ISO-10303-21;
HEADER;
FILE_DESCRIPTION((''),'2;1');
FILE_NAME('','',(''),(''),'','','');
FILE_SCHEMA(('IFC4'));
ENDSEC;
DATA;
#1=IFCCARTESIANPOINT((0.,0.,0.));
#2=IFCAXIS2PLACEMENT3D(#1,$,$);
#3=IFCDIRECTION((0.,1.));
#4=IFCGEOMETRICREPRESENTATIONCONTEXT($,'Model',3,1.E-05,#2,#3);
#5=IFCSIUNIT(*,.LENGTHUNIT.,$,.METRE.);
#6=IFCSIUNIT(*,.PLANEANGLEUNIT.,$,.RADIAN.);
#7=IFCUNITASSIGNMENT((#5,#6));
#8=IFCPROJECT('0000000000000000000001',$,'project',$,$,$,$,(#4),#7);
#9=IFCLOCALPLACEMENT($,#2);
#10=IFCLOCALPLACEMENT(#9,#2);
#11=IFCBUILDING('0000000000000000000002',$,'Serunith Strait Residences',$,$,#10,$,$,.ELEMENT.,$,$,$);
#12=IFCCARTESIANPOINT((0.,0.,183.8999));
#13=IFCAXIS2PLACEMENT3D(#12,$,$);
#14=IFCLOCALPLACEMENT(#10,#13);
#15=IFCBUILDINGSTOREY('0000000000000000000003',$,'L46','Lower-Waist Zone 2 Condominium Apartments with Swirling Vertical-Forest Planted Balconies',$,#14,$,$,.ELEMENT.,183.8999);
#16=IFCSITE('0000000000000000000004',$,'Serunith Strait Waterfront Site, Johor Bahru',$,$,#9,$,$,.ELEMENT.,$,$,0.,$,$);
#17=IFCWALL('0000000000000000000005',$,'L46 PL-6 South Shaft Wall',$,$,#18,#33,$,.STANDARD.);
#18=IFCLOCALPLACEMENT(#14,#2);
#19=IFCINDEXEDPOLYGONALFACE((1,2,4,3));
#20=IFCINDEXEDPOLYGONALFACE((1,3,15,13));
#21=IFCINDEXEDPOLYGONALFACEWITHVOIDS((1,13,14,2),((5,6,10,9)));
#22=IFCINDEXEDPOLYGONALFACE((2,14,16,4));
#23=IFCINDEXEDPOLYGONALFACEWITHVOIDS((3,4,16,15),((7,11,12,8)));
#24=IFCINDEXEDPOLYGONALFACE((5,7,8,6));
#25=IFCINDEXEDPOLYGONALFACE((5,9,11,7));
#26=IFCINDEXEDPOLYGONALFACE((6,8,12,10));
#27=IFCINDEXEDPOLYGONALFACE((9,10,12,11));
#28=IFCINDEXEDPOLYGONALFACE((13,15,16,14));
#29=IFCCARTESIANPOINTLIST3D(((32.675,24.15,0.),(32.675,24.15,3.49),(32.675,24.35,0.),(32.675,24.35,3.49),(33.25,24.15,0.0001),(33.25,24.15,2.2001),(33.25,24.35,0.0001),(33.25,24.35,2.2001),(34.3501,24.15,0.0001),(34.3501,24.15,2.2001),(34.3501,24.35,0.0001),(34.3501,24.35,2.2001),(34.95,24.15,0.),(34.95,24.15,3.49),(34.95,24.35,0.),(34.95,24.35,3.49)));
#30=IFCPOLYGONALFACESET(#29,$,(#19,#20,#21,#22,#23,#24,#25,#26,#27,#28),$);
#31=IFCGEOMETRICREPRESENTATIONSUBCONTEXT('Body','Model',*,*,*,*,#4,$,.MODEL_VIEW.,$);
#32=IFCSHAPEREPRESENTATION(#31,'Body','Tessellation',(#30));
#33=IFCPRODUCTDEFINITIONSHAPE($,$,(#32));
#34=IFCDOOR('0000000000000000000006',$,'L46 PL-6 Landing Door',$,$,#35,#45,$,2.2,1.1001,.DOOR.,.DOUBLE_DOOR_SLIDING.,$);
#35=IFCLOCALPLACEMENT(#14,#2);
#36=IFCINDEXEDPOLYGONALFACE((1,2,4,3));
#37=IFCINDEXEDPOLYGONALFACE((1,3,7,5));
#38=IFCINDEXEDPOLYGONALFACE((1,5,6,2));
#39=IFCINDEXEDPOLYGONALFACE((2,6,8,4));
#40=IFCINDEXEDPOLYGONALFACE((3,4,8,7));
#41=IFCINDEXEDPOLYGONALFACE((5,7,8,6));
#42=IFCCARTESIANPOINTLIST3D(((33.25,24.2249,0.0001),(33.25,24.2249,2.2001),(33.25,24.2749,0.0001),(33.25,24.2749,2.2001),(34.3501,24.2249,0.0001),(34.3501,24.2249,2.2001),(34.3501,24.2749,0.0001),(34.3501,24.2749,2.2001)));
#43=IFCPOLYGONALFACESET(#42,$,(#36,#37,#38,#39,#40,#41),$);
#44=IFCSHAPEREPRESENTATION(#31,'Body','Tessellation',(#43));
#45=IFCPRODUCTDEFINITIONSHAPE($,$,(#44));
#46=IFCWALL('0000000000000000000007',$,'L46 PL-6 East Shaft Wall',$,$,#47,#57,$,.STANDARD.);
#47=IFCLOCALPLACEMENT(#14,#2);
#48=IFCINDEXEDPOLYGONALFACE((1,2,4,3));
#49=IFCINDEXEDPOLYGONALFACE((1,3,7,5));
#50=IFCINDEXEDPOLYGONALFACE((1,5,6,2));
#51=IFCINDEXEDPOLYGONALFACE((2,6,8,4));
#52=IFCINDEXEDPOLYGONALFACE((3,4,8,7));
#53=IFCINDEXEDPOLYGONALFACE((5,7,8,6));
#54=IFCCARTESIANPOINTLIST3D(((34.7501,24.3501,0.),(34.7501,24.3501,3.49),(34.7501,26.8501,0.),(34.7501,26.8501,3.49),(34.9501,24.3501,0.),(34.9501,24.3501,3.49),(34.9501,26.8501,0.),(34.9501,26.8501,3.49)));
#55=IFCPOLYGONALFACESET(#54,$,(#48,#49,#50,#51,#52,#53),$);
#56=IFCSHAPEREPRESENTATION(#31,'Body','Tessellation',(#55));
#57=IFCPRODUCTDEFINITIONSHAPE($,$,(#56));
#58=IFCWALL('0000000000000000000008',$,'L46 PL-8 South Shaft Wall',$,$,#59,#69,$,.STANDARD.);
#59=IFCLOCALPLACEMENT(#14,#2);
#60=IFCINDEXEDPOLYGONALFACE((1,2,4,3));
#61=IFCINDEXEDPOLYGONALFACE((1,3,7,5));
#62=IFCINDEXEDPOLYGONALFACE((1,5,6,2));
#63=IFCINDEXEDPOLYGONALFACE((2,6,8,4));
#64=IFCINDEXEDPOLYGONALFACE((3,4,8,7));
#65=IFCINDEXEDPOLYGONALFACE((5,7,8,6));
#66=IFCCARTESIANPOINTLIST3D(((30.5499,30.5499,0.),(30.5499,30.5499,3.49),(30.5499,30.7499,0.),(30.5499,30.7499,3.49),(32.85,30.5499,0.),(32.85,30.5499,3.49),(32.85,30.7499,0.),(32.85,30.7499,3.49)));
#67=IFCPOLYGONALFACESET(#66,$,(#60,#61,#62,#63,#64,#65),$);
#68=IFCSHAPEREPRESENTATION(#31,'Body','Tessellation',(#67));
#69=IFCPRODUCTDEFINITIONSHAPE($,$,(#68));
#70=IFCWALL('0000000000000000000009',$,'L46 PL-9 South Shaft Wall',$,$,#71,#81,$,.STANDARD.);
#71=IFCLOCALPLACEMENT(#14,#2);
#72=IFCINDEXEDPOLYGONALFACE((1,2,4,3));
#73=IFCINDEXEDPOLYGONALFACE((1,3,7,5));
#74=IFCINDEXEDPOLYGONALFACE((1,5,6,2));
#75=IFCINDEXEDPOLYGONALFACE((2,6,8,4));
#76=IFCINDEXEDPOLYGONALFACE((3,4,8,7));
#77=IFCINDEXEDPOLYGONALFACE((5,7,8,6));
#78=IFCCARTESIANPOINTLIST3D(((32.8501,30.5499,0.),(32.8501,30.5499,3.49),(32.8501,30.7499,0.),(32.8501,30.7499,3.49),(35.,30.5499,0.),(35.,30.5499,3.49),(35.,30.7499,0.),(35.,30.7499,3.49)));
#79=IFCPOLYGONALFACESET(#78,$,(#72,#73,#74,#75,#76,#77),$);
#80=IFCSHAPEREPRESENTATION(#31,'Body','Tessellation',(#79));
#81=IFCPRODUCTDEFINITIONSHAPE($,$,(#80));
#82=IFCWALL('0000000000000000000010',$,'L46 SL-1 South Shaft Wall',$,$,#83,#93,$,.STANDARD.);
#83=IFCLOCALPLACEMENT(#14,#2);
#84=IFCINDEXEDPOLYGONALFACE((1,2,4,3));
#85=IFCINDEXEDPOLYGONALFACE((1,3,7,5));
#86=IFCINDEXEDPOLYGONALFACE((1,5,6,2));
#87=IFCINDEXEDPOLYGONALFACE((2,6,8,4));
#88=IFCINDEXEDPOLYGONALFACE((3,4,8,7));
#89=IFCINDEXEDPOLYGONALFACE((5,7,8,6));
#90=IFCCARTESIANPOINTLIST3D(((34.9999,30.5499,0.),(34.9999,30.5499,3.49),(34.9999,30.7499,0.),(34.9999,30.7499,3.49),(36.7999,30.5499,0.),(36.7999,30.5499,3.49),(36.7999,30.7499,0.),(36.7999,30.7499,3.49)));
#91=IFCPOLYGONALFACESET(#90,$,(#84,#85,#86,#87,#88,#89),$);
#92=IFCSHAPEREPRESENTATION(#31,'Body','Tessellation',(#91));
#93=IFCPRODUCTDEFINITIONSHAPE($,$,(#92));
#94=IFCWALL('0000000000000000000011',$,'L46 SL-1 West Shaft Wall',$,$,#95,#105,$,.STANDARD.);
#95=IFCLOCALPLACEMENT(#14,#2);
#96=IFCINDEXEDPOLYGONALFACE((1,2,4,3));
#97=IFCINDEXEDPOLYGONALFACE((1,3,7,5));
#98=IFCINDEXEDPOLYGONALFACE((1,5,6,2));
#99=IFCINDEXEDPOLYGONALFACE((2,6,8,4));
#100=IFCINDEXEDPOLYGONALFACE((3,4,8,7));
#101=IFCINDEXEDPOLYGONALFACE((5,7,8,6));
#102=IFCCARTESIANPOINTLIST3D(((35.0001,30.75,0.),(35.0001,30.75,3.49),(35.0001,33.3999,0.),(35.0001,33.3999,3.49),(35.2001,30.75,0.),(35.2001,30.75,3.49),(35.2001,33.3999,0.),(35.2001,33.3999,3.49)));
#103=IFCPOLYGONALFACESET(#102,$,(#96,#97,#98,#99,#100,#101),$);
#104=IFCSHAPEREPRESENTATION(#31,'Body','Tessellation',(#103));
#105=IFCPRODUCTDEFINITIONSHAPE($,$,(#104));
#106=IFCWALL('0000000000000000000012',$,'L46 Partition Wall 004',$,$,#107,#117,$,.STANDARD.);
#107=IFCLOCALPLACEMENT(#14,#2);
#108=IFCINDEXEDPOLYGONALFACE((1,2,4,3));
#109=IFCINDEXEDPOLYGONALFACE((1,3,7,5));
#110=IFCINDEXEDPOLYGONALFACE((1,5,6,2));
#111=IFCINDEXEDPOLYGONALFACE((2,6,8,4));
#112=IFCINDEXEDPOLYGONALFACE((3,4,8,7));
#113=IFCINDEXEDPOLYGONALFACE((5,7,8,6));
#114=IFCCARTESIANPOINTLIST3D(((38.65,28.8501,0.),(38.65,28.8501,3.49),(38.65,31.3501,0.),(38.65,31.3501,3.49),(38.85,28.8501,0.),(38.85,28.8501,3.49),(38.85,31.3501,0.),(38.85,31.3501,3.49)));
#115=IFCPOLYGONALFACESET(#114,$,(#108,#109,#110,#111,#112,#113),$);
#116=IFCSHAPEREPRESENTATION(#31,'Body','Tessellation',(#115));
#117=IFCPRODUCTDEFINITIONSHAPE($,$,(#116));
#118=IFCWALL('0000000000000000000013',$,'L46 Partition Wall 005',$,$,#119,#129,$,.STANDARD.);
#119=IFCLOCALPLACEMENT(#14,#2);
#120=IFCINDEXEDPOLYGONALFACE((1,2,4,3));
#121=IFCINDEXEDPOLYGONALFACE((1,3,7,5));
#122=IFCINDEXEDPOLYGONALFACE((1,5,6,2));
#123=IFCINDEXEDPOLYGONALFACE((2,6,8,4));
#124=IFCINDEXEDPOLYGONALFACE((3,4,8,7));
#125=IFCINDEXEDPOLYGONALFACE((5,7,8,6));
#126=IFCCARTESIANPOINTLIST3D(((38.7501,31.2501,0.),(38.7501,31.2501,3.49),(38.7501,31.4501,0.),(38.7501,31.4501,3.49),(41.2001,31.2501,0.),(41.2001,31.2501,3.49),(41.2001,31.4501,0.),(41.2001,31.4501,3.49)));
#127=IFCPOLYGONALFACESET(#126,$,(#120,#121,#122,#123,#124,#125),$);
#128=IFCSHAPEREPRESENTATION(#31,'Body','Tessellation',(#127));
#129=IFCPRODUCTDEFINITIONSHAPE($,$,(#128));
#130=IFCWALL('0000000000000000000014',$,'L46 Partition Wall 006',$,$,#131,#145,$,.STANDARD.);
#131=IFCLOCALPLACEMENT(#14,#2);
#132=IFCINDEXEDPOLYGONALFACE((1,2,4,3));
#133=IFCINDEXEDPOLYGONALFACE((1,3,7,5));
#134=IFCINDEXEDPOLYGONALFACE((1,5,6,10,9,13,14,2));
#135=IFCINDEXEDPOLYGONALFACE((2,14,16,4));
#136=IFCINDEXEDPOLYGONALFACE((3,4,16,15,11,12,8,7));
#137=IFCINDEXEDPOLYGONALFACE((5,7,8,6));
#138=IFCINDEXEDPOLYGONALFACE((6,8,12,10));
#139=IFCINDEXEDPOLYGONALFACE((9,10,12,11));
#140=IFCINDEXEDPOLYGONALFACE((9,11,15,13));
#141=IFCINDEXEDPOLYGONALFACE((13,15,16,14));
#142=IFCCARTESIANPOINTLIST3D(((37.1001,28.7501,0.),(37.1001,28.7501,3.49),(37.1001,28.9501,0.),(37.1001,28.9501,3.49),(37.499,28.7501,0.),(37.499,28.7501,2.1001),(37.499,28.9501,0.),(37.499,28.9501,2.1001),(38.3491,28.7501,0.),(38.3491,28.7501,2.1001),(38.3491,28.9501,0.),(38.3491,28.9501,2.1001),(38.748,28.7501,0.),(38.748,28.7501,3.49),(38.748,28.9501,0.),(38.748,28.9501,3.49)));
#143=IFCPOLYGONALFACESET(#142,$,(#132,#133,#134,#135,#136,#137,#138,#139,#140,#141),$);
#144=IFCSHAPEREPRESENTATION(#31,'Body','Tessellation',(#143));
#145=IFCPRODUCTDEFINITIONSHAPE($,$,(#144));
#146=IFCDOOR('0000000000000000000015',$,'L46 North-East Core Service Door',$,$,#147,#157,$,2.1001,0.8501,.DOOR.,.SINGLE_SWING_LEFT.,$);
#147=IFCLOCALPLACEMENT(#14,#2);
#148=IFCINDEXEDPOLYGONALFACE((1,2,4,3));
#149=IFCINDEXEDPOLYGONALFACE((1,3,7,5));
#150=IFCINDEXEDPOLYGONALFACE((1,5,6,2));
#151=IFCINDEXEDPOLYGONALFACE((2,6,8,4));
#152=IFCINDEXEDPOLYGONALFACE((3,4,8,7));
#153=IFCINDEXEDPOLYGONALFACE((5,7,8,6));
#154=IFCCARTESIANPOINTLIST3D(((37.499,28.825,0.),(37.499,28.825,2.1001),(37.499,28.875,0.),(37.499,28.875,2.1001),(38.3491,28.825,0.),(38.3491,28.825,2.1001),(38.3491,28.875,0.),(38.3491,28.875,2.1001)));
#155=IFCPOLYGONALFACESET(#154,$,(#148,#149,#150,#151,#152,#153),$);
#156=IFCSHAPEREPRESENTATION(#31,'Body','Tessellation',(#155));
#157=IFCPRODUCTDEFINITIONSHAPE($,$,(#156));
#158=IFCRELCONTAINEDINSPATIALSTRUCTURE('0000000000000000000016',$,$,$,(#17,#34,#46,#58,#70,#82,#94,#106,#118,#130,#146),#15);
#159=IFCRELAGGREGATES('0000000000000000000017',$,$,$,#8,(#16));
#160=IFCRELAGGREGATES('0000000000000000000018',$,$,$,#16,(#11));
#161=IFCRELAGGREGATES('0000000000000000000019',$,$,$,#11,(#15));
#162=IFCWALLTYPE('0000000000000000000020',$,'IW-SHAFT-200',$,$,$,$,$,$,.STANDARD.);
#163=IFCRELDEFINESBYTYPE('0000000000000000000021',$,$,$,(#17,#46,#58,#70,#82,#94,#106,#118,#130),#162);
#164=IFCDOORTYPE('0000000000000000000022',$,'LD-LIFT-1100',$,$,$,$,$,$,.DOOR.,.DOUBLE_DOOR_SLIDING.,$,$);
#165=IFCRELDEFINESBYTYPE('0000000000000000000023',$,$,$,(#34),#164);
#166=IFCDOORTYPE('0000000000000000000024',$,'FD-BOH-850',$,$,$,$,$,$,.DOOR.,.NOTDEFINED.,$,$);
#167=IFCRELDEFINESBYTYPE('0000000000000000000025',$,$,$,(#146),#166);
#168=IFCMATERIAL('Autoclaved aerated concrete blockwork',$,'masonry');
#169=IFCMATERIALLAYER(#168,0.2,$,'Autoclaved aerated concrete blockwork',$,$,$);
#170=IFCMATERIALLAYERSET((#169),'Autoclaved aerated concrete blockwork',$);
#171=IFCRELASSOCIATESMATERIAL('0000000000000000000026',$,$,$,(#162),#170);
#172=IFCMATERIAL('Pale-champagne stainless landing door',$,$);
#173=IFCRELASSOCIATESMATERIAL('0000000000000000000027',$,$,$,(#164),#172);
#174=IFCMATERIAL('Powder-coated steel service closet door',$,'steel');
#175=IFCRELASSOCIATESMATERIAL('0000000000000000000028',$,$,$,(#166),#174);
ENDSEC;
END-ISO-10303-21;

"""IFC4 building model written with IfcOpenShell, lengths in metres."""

from ifc_helpers import new_model, si_unit, direction, frame, frame_2d, origin, place, context, subcontext, project, spatial, rectangle, extrude, source, transform, mapped, material, layer, layer_set, type_object, element, fill, save


model = new_model("IFC4")

# Units and contexts
model_context = context("Model", 3, precision=1e-05, world=origin(), true_north=direction((0.0, 1.0)))
body_context = subcontext(model_context, "Body", "Model", "MODEL_VIEW")
ifc_project = project(units=[si_unit("LENGTHUNIT", "METRE"), si_unit("PLANEANGLEUNIT", "RADIAN")], contexts=[model_context])

# Site, building, storey
site_placement = place(None, origin())
site = spatial("IfcSite", under=ifc_project, at=site_placement, Name="Serunith Strait Waterfront Site, Johor Bahru", CompositionType="ELEMENT", RefElevation=0.0)
building_placement = place(site_placement, origin())
building = spatial("IfcBuilding", under=site, at=building_placement, Name="Serunith Strait Residences", CompositionType="ELEMENT")
storey_placement = place(building_placement, frame((0.0, 0.0, 183.8999)))
storey = spatial("IfcBuildingStorey", under=building, at=storey_placement, Name="L46", Description="Lower-Waist Zone 2 Condominium Apartments with Swirling Vertical-Forest Planted Balconies", CompositionType="ELEMENT", Elevation=183.8999)

# Shared definitions
shared_shape_1 = source(origin(), body_context, "Body", "SweptSolid", [
    extrude(rectangle(XDim=0.8501, YDim=2.1001, at=frame_2d((0.425, 1.05))), frame((0.0, 0.0249, 0.0), z_axis=(0.0, -1.0, 0.0), x_axis=(1.0, 0.0, 0.0)), (0.0, 0.0, 1.0), 0.05),
])

# Wall, opening, door
ifc_material_1 = material(Name="Autoclaved aerated concrete blockwork", Category="masonry")
ifc_layer_1 = layer(ifc_material_1, 0.2, Name="Autoclaved aerated concrete blockwork")
ifc_layer_set_1 = layer_set([ifc_layer_1], Name="Autoclaved aerated concrete blockwork")
wall_type_1 = type_object("IfcWallType", Name="IW-SHAFT-200", PredefinedType="STANDARD", material=ifc_layer_set_1)
wall_1_placement = place(storey_placement, frame((32.675, 24.25, 0.0), z_axis=(0.0, 0.0, 1.0), x_axis=(1.0, 0.0, 0.0)))
wall_1 = element("IfcWall", 1, at=wall_1_placement, inside=storey, type_object=wall_type_1, Name="L46 PL-6 South Shaft Wall", PredefinedType="STANDARD", context=body_context, shape_type="SweptSolid", body=[
    extrude(rectangle(XDim=2.2749, YDim=0.2, at=frame_2d((1.1375, 0.0))), origin(), (0.0, 0.0, 1.0), 3.49),
])
opening_1_placement = place(wall_1_placement, frame((0.575, 0.0, 0.0)))
opening_1 = element("IfcOpeningElement", 2, at=opening_1_placement, cuts=wall_1, PredefinedType="OPENING", context=body_context, shape_type="SweptSolid", body=[
    extrude(rectangle(XDim=1.1001, YDim=2.2, at=frame_2d((0.55, 1.1001))), frame((0.0, 0.1099, 0.0), z_axis=(0.0, -1.0, 0.0), x_axis=(1.0, 0.0, 0.0)), (0.0, 0.0, 1.0), 0.22),
])
ifc_material_2 = material(Name="Pale-champagne stainless landing door")
door_type_1 = type_object("IfcDoorType", Name="LD-LIFT-1100", OperationType="DOUBLE_DOOR_SLIDING", PredefinedType="DOOR", material=ifc_material_2)
shared_shape_2 = source(origin(), body_context, "Body", "SweptSolid", [
    extrude(rectangle(XDim=1.1001, YDim=2.2, at=frame_2d((0.55, 1.1001))), frame((0.0, 0.0249, 0.0), z_axis=(0.0, -1.0, 0.0), x_axis=(1.0, 0.0, 0.0)), (0.0, 0.0, 1.0), 0.05),
])
door_1_placement = place(opening_1_placement, origin())
door_1 = element("IfcDoor", 3, at=door_1_placement, inside=storey, type_object=door_type_1, Name="L46 PL-6 Landing Door", OperationType="DOUBLE_DOOR_SLIDING", OverallHeight=2.2, OverallWidth=1.1001, PredefinedType="DOOR", context=body_context, shape_type="MappedRepresentation", body=[
    mapped(shared_shape_2, transform((0.0, 0.0, 0.0), scale=1.0)),
])
fill(opening_1, door_1)

# Walls
wall_2_placement = place(storey_placement, frame((34.8501, 24.3501, 0.0), z_axis=(0.0, 0.0, 1.0), x_axis=(0.0, 1.0, 0.0)))
element("IfcWall", 4, at=wall_2_placement, inside=storey, type_object=wall_type_1, Name="L46 PL-6 East Shaft Wall", PredefinedType="STANDARD", context=body_context, shape_type="SweptSolid", body=[
    extrude(rectangle(XDim=2.5, YDim=0.2, at=frame_2d((1.25, 0.0))), origin(), (0.0, 0.0, 1.0), 3.49),
])
wall_3_placement = place(storey_placement, frame((30.55, 30.6499, 0.0), z_axis=(0.0, 0.0, 1.0), x_axis=(1.0, 0.0, 0.0)))
element("IfcWall", 5, at=wall_3_placement, inside=storey, type_object=wall_type_1, Name="L46 PL-8 South Shaft Wall", PredefinedType="STANDARD", context=body_context, shape_type="SweptSolid", body=[
    extrude(rectangle(XDim=2.3, YDim=0.2, at=frame_2d((1.1499, 0.0))), origin(), (0.0, 0.0, 1.0), 3.49),
])
wall_4_placement = place(storey_placement, frame((32.8501, 30.6499, 0.0), z_axis=(0.0, 0.0, 1.0), x_axis=(1.0, 0.0, 0.0)))
element("IfcWall", 6, at=wall_4_placement, inside=storey, type_object=wall_type_1, Name="L46 PL-9 South Shaft Wall", PredefinedType="STANDARD", context=body_context, shape_type="SweptSolid", body=[
    extrude(rectangle(XDim=2.1499, YDim=0.2, at=frame_2d((1.075, 0.0))), origin(), (0.0, 0.0, 1.0), 3.49),
])
wall_5_placement = place(storey_placement, frame((35.0, 30.6499, 0.0), z_axis=(0.0, 0.0, 1.0), x_axis=(1.0, 0.0, 0.0)))
element("IfcWall", 7, at=wall_5_placement, inside=storey, type_object=wall_type_1, Name="L46 SL-1 South Shaft Wall", PredefinedType="STANDARD", context=body_context, shape_type="SweptSolid", body=[
    extrude(rectangle(XDim=1.8, YDim=0.2, at=frame_2d((0.8999, 0.0))), origin(), (0.0, 0.0, 1.0), 3.49),
])
wall_6_placement = place(storey_placement, frame((35.1001, 30.75, 0.0), z_axis=(0.0, 0.0, 1.0), x_axis=(0.0, 1.0, 0.0)))
element("IfcWall", 8, at=wall_6_placement, inside=storey, type_object=wall_type_1, Name="L46 SL-1 West Shaft Wall", PredefinedType="STANDARD", context=body_context, shape_type="SweptSolid", body=[
    extrude(rectangle(XDim=2.6499, YDim=0.2, at=frame_2d((1.325, 0.0))), origin(), (0.0, 0.0, 1.0), 3.49),
])
wall_7_placement = place(storey_placement, frame((38.75, 28.8501, 0.0), z_axis=(0.0, 0.0, 1.0), x_axis=(0.0, 1.0, 0.0)))
element("IfcWall", 9, at=wall_7_placement, inside=storey, type_object=wall_type_1, Name="L46 Partition Wall 004", PredefinedType="STANDARD", context=body_context, shape_type="SweptSolid", body=[
    extrude(rectangle(XDim=2.5, YDim=0.2, at=frame_2d((1.25, 0.0))), origin(), (0.0, 0.0, 1.0), 3.49),
])
wall_8_placement = place(storey_placement, frame((38.75, 31.3501, 0.0), z_axis=(0.0, 0.0, 1.0), x_axis=(1.0, 0.0, 0.0)))
element("IfcWall", 10, at=wall_8_placement, inside=storey, type_object=wall_type_1, Name="L46 Partition Wall 005", PredefinedType="STANDARD", context=body_context, shape_type="SweptSolid", body=[
    extrude(rectangle(XDim=2.45, YDim=0.2, at=frame_2d((1.2251, 0.0))), origin(), (0.0, 0.0, 1.0), 3.49),
])

# Wall, opening, door
wall_9_placement = place(storey_placement, frame((37.1001, 28.8501, 0.0), z_axis=(0.0, 0.0, 1.0), x_axis=(1.0, 0.0, 0.0)))
wall_9 = element("IfcWall", 11, at=wall_9_placement, inside=storey, type_object=wall_type_1, Name="L46 Partition Wall 006", PredefinedType="STANDARD", context=body_context, shape_type="SweptSolid", body=[
    extrude(rectangle(XDim=1.6479, YDim=0.2, at=frame_2d((0.824, 0.0))), origin(), (0.0, 0.0, 1.0), 3.49),
])
opening_2_placement = place(wall_9_placement, frame((0.3989, 0.0, 0.0)))
opening_2 = element("IfcOpeningElement", 12, at=opening_2_placement, cuts=wall_9, PredefinedType="OPENING", context=body_context, shape_type="SweptSolid", body=[
    extrude(rectangle(XDim=0.8501, YDim=2.1001, at=frame_2d((0.425, 1.05))), frame((0.0, 0.1099, 0.0), z_axis=(0.0, -1.0, 0.0), x_axis=(1.0, 0.0, 0.0)), (0.0, 0.0, 1.0), 0.22),
])
ifc_material_3 = material(Name="Powder-coated steel service closet door", Category="steel")
door_type_2 = type_object("IfcDoorType", Name="FD-BOH-850", OperationType="NOTDEFINED", PredefinedType="DOOR", material=ifc_material_3)
door_2_placement = place(opening_2_placement, origin())
door_2 = element("IfcDoor", 13, at=door_2_placement, inside=storey, type_object=door_type_2, Name="L46 North-East Core Service Door", OperationType="SINGLE_SWING_LEFT", OverallHeight=2.1001, OverallWidth=0.8501, PredefinedType="DOOR", context=body_context, shape_type="MappedRepresentation", body=[
    mapped(shared_shape_1, transform((0.0, 0.0, 0.0), scale=1.0)),
])
fill(opening_2, door_2)

save(model, "model.ifc")
